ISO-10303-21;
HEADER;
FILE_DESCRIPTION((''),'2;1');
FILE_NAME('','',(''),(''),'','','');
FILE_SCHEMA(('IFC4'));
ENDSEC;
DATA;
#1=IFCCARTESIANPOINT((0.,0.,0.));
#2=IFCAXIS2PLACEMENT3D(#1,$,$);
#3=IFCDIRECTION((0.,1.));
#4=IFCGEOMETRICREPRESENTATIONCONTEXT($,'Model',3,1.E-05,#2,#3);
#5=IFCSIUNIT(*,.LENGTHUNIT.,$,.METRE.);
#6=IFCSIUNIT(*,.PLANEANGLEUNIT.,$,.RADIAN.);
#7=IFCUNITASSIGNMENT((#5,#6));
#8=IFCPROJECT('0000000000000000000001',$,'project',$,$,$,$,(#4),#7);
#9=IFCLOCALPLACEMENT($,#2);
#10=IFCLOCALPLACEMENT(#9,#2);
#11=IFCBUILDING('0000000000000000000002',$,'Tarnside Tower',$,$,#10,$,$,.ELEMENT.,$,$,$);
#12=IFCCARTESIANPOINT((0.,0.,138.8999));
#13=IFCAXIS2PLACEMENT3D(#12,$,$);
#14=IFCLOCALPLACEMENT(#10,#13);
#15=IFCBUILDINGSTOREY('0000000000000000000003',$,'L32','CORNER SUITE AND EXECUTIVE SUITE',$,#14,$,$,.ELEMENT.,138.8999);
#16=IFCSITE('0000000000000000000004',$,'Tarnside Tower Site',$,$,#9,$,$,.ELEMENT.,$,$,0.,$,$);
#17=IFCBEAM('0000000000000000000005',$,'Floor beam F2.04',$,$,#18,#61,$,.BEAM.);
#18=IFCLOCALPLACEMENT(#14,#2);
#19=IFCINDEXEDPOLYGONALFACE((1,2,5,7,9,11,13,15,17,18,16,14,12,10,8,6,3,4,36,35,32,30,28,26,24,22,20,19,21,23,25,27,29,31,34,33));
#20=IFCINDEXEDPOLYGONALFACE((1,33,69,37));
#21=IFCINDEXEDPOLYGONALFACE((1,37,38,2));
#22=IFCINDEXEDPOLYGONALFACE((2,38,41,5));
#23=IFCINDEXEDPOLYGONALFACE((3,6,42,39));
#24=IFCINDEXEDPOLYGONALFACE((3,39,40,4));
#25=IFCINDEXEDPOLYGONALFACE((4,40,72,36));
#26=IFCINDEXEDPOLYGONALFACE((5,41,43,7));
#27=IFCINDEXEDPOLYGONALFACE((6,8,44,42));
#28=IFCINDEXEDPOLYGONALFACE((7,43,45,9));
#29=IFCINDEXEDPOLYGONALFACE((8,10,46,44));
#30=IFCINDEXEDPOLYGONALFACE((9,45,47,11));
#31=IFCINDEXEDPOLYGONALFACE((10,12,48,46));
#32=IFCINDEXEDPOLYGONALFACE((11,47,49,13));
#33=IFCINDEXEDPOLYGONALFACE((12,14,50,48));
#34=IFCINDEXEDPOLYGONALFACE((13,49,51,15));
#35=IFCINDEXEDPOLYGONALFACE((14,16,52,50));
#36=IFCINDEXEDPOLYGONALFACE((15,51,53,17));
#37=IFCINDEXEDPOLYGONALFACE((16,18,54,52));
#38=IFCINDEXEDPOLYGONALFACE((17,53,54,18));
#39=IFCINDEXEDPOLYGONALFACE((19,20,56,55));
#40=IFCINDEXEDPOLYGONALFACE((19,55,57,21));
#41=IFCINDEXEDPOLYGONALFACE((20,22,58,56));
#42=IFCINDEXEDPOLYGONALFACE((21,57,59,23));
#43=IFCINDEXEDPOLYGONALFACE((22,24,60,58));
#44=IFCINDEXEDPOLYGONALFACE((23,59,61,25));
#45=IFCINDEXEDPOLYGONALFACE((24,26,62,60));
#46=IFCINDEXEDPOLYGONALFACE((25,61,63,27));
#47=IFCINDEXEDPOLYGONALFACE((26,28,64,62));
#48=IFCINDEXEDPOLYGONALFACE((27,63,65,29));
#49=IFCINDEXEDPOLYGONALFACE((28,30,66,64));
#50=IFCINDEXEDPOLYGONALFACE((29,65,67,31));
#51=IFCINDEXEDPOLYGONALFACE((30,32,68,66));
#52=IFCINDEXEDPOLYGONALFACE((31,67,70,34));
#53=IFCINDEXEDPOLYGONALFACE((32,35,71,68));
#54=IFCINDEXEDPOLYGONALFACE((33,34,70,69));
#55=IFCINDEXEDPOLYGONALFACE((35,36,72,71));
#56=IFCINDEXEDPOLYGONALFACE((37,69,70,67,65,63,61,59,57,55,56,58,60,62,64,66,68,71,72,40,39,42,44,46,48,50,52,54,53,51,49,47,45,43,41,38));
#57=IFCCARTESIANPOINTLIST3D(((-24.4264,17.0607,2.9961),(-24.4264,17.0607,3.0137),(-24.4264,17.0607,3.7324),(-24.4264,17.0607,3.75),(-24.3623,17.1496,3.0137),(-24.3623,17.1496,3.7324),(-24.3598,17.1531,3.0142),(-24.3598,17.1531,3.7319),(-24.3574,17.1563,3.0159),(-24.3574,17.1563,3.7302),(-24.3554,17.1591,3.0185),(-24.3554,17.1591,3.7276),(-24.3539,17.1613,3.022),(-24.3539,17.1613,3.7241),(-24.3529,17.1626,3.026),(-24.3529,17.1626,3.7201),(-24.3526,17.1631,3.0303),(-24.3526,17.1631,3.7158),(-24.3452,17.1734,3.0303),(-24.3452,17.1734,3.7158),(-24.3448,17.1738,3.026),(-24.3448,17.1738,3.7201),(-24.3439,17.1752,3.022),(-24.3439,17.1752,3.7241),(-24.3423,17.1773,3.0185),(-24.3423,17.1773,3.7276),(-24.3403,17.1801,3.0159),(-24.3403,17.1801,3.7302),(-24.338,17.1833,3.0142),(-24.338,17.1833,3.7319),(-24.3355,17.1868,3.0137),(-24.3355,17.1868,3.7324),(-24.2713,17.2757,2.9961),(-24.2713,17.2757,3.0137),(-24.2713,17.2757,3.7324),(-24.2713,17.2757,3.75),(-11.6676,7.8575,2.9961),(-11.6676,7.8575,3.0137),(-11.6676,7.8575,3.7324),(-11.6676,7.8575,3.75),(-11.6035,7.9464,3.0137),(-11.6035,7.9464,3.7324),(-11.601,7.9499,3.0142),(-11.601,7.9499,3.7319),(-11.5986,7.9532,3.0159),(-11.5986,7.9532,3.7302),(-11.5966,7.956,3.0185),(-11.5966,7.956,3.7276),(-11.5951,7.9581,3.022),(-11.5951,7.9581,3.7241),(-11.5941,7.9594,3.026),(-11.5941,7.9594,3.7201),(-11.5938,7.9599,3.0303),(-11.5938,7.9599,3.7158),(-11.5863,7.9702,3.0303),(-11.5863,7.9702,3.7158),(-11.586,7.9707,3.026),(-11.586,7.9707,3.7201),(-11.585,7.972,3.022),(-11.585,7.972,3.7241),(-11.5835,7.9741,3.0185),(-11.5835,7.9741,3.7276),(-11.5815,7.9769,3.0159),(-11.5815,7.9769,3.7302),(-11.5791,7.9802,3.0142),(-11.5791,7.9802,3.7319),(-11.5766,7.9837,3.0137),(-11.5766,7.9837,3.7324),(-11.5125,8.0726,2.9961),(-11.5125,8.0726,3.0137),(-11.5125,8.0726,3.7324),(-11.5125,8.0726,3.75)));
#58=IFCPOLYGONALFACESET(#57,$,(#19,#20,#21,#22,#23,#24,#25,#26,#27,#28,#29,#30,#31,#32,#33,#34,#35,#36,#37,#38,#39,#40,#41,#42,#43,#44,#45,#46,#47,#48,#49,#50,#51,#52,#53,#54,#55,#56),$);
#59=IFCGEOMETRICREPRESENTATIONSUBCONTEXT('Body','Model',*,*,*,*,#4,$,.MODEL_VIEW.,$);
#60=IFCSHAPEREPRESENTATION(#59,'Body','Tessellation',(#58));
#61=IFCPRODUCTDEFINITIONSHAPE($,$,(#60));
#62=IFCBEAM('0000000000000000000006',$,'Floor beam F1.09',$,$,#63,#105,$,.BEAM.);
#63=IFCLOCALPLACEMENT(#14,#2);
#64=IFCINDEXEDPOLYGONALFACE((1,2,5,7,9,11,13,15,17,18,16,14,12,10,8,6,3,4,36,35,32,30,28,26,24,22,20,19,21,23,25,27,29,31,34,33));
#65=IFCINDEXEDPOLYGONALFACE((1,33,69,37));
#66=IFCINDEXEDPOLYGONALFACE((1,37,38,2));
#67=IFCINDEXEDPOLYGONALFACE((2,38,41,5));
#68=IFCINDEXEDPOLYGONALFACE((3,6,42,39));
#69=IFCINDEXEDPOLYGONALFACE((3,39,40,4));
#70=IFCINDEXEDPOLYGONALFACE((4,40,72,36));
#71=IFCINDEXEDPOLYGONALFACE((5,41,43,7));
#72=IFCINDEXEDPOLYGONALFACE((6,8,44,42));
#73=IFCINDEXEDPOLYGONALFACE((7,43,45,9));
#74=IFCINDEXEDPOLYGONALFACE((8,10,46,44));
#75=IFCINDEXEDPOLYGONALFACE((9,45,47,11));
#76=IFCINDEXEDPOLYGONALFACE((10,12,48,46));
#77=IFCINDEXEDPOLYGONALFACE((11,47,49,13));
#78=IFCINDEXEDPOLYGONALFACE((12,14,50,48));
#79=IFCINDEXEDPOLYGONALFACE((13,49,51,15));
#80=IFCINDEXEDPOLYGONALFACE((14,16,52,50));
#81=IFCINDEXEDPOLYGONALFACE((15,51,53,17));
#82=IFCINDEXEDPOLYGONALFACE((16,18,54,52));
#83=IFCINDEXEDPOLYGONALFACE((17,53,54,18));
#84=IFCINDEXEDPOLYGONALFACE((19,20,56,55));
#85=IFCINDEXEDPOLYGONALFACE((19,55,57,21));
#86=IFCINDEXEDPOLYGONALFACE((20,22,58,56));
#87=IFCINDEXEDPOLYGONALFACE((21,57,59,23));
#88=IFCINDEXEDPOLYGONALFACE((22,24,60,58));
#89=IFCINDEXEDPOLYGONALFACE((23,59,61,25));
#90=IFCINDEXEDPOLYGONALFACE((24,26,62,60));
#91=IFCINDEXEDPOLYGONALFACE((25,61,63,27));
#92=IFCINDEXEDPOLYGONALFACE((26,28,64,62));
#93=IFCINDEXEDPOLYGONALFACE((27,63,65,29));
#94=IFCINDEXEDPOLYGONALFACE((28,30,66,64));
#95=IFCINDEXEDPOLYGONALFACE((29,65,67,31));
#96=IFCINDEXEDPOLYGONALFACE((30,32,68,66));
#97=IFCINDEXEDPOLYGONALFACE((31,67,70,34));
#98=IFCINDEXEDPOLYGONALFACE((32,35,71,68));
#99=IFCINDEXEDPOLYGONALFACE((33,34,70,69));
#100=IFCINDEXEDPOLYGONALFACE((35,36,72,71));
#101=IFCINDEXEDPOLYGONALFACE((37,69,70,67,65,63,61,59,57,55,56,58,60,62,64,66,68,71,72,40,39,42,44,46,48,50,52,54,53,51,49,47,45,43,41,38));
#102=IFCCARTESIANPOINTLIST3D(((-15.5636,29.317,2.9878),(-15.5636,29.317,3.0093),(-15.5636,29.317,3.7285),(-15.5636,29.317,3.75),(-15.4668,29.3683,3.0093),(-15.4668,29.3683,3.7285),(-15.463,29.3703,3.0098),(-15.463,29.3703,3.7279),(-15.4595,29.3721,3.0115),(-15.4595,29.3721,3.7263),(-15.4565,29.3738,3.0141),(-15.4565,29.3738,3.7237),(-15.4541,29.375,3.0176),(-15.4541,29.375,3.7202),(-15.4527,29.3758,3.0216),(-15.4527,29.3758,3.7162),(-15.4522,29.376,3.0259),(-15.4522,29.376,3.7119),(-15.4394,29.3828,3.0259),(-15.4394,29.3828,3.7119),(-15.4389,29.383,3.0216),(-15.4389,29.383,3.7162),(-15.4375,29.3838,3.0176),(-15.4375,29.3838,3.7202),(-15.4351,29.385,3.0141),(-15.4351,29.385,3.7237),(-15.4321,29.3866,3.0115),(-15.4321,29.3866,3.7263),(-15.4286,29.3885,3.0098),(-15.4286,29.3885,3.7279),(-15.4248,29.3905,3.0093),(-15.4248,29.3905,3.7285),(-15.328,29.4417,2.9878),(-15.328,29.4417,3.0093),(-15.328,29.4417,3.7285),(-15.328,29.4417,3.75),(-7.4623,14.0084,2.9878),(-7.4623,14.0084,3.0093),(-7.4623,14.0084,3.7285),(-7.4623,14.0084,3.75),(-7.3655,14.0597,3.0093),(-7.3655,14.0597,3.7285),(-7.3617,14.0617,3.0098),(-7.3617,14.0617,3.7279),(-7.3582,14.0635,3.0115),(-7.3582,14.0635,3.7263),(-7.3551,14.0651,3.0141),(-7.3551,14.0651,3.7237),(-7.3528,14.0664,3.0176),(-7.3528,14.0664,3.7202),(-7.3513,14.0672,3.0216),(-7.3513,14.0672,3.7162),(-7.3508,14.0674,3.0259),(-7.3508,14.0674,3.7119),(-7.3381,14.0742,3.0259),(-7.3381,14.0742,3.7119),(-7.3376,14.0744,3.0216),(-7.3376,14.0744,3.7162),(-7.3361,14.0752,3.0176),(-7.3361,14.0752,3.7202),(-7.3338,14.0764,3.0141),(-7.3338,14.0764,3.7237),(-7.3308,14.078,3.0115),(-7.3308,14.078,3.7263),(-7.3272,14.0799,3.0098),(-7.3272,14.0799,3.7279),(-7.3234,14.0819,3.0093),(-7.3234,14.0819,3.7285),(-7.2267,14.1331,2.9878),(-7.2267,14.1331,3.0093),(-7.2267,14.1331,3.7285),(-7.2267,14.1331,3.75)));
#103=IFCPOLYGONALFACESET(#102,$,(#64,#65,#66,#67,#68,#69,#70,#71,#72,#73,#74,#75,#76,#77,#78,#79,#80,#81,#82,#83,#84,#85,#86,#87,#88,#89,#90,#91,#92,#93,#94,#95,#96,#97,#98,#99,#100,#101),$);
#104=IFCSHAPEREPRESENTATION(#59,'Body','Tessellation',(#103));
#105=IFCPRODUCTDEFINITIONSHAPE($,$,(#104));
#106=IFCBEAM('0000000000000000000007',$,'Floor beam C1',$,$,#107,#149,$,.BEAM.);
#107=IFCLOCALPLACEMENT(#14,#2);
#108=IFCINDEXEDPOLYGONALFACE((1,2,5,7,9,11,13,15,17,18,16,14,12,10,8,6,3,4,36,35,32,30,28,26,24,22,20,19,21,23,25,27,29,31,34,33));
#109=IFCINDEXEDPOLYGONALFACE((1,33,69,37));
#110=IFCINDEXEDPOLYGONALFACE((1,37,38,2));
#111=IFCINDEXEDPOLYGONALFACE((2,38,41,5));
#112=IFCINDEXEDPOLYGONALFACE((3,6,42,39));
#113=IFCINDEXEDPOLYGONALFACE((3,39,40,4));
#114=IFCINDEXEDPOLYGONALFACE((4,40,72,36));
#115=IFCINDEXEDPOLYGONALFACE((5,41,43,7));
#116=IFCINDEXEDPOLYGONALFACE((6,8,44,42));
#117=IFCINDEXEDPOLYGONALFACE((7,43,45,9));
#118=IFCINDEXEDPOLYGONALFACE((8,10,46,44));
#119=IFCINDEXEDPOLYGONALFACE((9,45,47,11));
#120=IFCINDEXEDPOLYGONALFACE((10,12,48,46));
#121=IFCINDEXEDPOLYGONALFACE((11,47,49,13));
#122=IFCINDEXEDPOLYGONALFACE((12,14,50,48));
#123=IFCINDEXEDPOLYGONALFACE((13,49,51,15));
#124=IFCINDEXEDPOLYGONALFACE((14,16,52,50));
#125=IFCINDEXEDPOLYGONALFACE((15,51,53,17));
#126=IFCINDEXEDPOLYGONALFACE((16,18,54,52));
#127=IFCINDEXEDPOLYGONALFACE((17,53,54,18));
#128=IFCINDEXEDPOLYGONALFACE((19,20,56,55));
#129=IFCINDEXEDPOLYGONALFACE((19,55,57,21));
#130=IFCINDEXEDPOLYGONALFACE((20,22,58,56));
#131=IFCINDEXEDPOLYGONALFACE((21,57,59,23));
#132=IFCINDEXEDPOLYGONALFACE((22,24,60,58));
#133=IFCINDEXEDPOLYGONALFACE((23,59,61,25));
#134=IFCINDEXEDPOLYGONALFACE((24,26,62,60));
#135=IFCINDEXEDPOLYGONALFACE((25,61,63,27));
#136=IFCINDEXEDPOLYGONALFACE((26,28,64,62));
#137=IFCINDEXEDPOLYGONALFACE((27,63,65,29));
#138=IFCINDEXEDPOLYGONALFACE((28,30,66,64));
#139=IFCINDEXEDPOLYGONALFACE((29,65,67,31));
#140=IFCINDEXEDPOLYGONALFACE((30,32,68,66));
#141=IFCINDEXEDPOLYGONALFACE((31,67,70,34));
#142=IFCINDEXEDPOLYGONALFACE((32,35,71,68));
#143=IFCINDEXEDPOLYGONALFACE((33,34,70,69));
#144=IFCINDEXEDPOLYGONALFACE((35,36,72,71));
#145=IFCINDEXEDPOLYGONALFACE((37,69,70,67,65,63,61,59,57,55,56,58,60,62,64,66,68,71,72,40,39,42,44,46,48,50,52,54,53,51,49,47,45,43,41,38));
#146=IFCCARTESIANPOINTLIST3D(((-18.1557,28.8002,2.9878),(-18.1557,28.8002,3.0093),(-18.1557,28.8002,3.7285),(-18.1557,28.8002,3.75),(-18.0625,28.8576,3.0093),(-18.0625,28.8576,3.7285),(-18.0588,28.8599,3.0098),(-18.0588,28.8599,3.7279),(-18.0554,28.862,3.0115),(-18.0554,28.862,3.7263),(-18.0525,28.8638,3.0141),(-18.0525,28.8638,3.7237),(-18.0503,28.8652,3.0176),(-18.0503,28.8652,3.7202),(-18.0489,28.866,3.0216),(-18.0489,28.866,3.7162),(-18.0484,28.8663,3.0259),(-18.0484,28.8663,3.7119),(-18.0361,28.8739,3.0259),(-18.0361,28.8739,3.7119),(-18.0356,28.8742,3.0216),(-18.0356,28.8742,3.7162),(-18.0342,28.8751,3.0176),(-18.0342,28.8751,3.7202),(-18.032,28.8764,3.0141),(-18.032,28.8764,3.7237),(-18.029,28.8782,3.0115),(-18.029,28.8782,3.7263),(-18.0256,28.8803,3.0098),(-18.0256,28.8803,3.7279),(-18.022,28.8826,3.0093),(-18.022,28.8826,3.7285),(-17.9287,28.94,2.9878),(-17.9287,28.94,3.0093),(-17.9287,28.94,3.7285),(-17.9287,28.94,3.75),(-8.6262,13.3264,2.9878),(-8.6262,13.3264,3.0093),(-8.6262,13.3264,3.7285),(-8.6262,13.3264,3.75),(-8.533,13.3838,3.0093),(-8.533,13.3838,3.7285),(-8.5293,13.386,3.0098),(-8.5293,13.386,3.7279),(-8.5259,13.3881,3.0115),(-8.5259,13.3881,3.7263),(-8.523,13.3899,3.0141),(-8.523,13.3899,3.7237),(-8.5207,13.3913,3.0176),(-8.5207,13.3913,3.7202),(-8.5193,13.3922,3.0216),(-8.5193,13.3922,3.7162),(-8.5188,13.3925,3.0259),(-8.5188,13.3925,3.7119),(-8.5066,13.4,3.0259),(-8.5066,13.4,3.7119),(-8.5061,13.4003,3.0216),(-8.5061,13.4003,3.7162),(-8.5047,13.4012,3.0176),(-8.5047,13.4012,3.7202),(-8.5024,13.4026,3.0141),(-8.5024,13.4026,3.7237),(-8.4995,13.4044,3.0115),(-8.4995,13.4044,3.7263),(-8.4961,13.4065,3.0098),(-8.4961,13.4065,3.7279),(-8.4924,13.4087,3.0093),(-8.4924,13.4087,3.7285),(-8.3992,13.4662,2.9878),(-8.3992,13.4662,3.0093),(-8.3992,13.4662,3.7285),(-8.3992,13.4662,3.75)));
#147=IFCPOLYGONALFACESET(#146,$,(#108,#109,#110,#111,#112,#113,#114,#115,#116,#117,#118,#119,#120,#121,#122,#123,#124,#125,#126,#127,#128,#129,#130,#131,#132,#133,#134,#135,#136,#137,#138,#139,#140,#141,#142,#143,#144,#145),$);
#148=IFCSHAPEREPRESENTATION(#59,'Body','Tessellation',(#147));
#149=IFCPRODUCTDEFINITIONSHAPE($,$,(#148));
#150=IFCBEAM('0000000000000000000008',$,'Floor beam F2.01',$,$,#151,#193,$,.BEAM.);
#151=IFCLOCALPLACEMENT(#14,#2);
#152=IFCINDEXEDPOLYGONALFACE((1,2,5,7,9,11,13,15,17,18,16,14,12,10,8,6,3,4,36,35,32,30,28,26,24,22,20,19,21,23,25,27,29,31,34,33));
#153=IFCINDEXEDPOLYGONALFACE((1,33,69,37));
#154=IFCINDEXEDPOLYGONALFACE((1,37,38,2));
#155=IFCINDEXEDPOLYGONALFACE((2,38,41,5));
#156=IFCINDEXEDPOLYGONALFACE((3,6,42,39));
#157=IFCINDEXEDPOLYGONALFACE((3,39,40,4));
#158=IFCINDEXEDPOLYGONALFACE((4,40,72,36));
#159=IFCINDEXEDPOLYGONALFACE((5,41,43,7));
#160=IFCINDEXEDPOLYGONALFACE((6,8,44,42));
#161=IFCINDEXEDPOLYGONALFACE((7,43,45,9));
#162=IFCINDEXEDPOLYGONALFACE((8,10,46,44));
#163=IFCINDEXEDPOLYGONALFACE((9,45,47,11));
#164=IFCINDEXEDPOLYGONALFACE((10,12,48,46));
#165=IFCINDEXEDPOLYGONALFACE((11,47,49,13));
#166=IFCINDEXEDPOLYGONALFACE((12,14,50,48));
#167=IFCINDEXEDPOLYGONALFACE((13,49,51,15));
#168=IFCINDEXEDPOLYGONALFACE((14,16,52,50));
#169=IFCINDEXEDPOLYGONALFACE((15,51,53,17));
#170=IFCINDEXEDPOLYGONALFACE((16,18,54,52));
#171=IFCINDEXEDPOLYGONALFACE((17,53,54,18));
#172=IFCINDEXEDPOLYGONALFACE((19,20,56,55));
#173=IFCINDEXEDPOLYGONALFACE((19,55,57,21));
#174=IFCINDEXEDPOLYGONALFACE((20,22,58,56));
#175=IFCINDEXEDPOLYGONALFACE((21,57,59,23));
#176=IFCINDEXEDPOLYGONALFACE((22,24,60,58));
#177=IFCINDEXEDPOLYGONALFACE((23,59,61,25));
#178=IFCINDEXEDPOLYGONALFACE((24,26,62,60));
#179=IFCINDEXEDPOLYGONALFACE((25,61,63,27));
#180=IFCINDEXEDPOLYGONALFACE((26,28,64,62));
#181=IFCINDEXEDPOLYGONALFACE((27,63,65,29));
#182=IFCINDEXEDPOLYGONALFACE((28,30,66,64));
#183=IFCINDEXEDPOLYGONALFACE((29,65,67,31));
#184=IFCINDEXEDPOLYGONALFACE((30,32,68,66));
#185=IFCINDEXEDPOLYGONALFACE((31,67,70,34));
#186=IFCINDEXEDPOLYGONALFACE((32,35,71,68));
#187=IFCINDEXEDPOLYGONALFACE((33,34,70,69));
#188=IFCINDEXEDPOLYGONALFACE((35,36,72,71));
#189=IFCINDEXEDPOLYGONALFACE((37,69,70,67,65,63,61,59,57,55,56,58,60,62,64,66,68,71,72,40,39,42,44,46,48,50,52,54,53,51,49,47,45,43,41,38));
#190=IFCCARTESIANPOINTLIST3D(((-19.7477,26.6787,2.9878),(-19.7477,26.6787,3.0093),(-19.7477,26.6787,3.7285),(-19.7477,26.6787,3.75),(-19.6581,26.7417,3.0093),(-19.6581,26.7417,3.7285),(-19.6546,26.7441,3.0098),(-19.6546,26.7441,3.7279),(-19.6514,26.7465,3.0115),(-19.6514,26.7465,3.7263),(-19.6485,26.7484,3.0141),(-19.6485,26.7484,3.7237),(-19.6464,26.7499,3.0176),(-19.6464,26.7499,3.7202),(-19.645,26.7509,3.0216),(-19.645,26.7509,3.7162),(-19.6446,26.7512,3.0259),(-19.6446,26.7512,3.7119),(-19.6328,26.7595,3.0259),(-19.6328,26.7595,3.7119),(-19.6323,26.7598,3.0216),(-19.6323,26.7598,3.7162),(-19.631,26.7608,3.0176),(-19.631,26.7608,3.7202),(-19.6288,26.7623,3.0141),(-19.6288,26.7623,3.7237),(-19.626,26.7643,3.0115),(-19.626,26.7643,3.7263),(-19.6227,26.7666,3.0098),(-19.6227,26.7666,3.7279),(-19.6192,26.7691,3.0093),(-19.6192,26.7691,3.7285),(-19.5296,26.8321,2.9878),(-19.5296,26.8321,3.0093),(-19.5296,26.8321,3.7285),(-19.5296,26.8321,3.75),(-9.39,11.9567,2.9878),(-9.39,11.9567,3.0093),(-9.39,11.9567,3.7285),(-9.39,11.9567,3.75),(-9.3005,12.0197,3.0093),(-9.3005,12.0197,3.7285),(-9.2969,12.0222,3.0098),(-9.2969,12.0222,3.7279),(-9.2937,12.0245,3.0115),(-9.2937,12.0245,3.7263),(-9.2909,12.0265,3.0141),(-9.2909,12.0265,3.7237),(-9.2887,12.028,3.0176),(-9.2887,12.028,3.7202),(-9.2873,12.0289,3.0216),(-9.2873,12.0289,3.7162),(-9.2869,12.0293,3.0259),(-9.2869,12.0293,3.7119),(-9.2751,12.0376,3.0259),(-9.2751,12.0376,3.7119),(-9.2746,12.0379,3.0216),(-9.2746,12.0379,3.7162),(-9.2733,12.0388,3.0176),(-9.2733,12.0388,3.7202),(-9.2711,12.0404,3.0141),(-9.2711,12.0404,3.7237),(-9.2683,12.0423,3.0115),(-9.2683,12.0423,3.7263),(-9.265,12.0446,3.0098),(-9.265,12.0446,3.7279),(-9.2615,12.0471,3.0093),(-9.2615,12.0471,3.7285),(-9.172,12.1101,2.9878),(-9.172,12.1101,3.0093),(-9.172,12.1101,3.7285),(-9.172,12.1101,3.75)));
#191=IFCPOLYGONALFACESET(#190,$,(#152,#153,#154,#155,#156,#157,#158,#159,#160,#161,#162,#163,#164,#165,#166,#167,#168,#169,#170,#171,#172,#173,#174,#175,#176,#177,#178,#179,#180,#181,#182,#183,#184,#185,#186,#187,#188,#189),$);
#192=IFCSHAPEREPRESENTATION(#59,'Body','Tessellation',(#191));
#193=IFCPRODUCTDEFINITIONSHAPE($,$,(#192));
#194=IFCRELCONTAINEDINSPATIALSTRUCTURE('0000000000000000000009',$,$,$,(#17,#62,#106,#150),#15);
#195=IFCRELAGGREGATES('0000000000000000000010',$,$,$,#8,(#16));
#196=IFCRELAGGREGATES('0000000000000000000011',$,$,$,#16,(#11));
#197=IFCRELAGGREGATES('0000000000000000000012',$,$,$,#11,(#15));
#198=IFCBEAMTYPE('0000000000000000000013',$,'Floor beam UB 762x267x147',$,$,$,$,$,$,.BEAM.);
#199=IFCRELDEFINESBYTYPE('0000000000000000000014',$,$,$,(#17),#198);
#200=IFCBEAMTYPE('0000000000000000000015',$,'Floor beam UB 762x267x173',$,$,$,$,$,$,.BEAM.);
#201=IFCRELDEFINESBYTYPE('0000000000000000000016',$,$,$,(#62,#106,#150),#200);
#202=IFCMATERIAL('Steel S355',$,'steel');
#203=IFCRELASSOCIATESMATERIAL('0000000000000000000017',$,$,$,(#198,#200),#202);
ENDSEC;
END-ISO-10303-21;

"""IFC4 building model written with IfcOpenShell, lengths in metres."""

from ifc_helpers import new_model, si_unit, direction, frame, origin, origin_2d, place, context, subcontext, project, spatial, i_section, extrude, material, material_profile, profile_set, type_object, element, save


model = new_model("IFC4")

# Units and contexts
model_context = context("Model", 3, precision=1e-05, world=origin(), true_north=direction((0.0, 1.0)))
body_context = subcontext(model_context, "Body", "Model", "MODEL_VIEW")
ifc_project = project(units=[si_unit("LENGTHUNIT", "METRE"), si_unit("PLANEANGLEUNIT", "RADIAN")], contexts=[model_context])

# Site, building, storey
site_placement = place(None, origin())
site = spatial("IfcSite", under=ifc_project, at=site_placement, Name="Tarnside Tower Site", CompositionType="ELEMENT", RefElevation=0.0)
building_placement = place(site_placement, origin())
building = spatial("IfcBuilding", under=site, at=building_placement, Name="Tarnside Tower", CompositionType="ELEMENT")
storey_placement = place(building_placement, frame((0.0, 0.0, 138.8999)))
storey = spatial("IfcBuildingStorey", under=building, at=storey_placement, Name="L32", Description="CORNER SUITE AND EXECUTIVE SUITE", CompositionType="ELEMENT", Elevation=138.8999)

# Beams
ifc_material_1 = material(Name="Steel S355", Category="steel")
ifc_material_profile_1 = material_profile(ifc_material_1, i_section(OverallWidth=0.2651, OverallDepth=0.7539, WebThickness=0.0127, FlangeThickness=0.0176, FilletRadius=0.0166, at=origin_2d()), Name="UB 762x267x147")
ifc_profile_set_1 = profile_set([ifc_material_profile_1], Name="Steel S355")
beam_type_1 = type_object("IfcBeamType", Name="Floor beam UB 762x267x147", PredefinedType="BEAM", material=ifc_profile_set_1)
beam_1_placement = place(storey_placement, frame((-24.3489, 17.1682, 3.373), z_axis=(0.811028, -0.585008, 0.0), x_axis=(0.585008, 0.811028, 0.0)))
element("IfcBeam", 1, at=beam_1_placement, inside=storey, type_object=beam_type_1, Name="Floor beam F2.04", PredefinedType="BEAM", context=body_context, shape_type="SweptSolid", body=[
    extrude(i_section(OverallWidth=0.2651, OverallDepth=0.7539, WebThickness=0.0127, FlangeThickness=0.0176, FilletRadius=0.0166, at=origin_2d()), origin(), (0.0, 0.0, 1.0), 15.7317),
])
ifc_material_profile_2 = material_profile(ifc_material_1, i_section(OverallWidth=0.2666, OverallDepth=0.7622, WebThickness=0.0144, FlangeThickness=0.0215, FilletRadius=0.0166, at=origin_2d()), Name="UB 762x267x173")
ifc_profile_set_2 = profile_set([ifc_material_profile_2], Name="Steel S355")
beam_type_2 = type_object("IfcBeamType", Name="Floor beam UB 762x267x173", PredefinedType="BEAM", material=ifc_profile_set_2)
beam_2_placement = place(storey_placement, frame((-15.4458, 29.3794, 3.3689), z_axis=(0.467742, -0.883865, 0.0), x_axis=(0.883865, 0.467742, 0.0)))
element("IfcBeam", 2, at=beam_2_placement, inside=storey, type_object=beam_type_2, Name="Floor beam F1.09", PredefinedType="BEAM", context=body_context, shape_type="SweptSolid", body=[
    extrude(i_section(OverallWidth=0.2666, OverallDepth=0.7622, WebThickness=0.0144, FlangeThickness=0.0215, FilletRadius=0.0166, at=origin_2d()), origin(), (0.0, 0.0, 1.0), 17.3201),
])
beam_3_placement = place(storey_placement, frame((-18.0422, 28.8701, 3.3689), z_axis=(0.524383, -0.851483, 0.0), x_axis=(0.851483, 0.524383, 0.0)))
element("IfcBeam", 3, at=beam_3_placement, inside=storey, type_object=beam_type_2, Name="Floor beam C1", PredefinedType="BEAM", context=body_context, shape_type="SweptSolid", body=[
    extrude(i_section(OverallWidth=0.2666, OverallDepth=0.7622, WebThickness=0.0144, FlangeThickness=0.0215, FilletRadius=0.0166, at=origin_2d()), origin(), (0.0, 0.0, 1.0), 18.1729),
])
beam_4_placement = place(storey_placement, frame((-19.6387, 26.7554, 3.3689), z_axis=(0.575411, -0.817864, 0.0), x_axis=(0.817864, 0.575411, 0.0)))
element("IfcBeam", 4, at=beam_4_placement, inside=storey, type_object=beam_type_2, Name="Floor beam F2.01", PredefinedType="BEAM", context=body_context, shape_type="SweptSolid", body=[
    extrude(i_section(OverallWidth=0.2666, OverallDepth=0.7622, WebThickness=0.0144, FlangeThickness=0.0215, FilletRadius=0.0166, at=origin_2d()), origin(), (0.0, 0.0, 1.0), 18.0005),
])

save(model, "model.ifc")
